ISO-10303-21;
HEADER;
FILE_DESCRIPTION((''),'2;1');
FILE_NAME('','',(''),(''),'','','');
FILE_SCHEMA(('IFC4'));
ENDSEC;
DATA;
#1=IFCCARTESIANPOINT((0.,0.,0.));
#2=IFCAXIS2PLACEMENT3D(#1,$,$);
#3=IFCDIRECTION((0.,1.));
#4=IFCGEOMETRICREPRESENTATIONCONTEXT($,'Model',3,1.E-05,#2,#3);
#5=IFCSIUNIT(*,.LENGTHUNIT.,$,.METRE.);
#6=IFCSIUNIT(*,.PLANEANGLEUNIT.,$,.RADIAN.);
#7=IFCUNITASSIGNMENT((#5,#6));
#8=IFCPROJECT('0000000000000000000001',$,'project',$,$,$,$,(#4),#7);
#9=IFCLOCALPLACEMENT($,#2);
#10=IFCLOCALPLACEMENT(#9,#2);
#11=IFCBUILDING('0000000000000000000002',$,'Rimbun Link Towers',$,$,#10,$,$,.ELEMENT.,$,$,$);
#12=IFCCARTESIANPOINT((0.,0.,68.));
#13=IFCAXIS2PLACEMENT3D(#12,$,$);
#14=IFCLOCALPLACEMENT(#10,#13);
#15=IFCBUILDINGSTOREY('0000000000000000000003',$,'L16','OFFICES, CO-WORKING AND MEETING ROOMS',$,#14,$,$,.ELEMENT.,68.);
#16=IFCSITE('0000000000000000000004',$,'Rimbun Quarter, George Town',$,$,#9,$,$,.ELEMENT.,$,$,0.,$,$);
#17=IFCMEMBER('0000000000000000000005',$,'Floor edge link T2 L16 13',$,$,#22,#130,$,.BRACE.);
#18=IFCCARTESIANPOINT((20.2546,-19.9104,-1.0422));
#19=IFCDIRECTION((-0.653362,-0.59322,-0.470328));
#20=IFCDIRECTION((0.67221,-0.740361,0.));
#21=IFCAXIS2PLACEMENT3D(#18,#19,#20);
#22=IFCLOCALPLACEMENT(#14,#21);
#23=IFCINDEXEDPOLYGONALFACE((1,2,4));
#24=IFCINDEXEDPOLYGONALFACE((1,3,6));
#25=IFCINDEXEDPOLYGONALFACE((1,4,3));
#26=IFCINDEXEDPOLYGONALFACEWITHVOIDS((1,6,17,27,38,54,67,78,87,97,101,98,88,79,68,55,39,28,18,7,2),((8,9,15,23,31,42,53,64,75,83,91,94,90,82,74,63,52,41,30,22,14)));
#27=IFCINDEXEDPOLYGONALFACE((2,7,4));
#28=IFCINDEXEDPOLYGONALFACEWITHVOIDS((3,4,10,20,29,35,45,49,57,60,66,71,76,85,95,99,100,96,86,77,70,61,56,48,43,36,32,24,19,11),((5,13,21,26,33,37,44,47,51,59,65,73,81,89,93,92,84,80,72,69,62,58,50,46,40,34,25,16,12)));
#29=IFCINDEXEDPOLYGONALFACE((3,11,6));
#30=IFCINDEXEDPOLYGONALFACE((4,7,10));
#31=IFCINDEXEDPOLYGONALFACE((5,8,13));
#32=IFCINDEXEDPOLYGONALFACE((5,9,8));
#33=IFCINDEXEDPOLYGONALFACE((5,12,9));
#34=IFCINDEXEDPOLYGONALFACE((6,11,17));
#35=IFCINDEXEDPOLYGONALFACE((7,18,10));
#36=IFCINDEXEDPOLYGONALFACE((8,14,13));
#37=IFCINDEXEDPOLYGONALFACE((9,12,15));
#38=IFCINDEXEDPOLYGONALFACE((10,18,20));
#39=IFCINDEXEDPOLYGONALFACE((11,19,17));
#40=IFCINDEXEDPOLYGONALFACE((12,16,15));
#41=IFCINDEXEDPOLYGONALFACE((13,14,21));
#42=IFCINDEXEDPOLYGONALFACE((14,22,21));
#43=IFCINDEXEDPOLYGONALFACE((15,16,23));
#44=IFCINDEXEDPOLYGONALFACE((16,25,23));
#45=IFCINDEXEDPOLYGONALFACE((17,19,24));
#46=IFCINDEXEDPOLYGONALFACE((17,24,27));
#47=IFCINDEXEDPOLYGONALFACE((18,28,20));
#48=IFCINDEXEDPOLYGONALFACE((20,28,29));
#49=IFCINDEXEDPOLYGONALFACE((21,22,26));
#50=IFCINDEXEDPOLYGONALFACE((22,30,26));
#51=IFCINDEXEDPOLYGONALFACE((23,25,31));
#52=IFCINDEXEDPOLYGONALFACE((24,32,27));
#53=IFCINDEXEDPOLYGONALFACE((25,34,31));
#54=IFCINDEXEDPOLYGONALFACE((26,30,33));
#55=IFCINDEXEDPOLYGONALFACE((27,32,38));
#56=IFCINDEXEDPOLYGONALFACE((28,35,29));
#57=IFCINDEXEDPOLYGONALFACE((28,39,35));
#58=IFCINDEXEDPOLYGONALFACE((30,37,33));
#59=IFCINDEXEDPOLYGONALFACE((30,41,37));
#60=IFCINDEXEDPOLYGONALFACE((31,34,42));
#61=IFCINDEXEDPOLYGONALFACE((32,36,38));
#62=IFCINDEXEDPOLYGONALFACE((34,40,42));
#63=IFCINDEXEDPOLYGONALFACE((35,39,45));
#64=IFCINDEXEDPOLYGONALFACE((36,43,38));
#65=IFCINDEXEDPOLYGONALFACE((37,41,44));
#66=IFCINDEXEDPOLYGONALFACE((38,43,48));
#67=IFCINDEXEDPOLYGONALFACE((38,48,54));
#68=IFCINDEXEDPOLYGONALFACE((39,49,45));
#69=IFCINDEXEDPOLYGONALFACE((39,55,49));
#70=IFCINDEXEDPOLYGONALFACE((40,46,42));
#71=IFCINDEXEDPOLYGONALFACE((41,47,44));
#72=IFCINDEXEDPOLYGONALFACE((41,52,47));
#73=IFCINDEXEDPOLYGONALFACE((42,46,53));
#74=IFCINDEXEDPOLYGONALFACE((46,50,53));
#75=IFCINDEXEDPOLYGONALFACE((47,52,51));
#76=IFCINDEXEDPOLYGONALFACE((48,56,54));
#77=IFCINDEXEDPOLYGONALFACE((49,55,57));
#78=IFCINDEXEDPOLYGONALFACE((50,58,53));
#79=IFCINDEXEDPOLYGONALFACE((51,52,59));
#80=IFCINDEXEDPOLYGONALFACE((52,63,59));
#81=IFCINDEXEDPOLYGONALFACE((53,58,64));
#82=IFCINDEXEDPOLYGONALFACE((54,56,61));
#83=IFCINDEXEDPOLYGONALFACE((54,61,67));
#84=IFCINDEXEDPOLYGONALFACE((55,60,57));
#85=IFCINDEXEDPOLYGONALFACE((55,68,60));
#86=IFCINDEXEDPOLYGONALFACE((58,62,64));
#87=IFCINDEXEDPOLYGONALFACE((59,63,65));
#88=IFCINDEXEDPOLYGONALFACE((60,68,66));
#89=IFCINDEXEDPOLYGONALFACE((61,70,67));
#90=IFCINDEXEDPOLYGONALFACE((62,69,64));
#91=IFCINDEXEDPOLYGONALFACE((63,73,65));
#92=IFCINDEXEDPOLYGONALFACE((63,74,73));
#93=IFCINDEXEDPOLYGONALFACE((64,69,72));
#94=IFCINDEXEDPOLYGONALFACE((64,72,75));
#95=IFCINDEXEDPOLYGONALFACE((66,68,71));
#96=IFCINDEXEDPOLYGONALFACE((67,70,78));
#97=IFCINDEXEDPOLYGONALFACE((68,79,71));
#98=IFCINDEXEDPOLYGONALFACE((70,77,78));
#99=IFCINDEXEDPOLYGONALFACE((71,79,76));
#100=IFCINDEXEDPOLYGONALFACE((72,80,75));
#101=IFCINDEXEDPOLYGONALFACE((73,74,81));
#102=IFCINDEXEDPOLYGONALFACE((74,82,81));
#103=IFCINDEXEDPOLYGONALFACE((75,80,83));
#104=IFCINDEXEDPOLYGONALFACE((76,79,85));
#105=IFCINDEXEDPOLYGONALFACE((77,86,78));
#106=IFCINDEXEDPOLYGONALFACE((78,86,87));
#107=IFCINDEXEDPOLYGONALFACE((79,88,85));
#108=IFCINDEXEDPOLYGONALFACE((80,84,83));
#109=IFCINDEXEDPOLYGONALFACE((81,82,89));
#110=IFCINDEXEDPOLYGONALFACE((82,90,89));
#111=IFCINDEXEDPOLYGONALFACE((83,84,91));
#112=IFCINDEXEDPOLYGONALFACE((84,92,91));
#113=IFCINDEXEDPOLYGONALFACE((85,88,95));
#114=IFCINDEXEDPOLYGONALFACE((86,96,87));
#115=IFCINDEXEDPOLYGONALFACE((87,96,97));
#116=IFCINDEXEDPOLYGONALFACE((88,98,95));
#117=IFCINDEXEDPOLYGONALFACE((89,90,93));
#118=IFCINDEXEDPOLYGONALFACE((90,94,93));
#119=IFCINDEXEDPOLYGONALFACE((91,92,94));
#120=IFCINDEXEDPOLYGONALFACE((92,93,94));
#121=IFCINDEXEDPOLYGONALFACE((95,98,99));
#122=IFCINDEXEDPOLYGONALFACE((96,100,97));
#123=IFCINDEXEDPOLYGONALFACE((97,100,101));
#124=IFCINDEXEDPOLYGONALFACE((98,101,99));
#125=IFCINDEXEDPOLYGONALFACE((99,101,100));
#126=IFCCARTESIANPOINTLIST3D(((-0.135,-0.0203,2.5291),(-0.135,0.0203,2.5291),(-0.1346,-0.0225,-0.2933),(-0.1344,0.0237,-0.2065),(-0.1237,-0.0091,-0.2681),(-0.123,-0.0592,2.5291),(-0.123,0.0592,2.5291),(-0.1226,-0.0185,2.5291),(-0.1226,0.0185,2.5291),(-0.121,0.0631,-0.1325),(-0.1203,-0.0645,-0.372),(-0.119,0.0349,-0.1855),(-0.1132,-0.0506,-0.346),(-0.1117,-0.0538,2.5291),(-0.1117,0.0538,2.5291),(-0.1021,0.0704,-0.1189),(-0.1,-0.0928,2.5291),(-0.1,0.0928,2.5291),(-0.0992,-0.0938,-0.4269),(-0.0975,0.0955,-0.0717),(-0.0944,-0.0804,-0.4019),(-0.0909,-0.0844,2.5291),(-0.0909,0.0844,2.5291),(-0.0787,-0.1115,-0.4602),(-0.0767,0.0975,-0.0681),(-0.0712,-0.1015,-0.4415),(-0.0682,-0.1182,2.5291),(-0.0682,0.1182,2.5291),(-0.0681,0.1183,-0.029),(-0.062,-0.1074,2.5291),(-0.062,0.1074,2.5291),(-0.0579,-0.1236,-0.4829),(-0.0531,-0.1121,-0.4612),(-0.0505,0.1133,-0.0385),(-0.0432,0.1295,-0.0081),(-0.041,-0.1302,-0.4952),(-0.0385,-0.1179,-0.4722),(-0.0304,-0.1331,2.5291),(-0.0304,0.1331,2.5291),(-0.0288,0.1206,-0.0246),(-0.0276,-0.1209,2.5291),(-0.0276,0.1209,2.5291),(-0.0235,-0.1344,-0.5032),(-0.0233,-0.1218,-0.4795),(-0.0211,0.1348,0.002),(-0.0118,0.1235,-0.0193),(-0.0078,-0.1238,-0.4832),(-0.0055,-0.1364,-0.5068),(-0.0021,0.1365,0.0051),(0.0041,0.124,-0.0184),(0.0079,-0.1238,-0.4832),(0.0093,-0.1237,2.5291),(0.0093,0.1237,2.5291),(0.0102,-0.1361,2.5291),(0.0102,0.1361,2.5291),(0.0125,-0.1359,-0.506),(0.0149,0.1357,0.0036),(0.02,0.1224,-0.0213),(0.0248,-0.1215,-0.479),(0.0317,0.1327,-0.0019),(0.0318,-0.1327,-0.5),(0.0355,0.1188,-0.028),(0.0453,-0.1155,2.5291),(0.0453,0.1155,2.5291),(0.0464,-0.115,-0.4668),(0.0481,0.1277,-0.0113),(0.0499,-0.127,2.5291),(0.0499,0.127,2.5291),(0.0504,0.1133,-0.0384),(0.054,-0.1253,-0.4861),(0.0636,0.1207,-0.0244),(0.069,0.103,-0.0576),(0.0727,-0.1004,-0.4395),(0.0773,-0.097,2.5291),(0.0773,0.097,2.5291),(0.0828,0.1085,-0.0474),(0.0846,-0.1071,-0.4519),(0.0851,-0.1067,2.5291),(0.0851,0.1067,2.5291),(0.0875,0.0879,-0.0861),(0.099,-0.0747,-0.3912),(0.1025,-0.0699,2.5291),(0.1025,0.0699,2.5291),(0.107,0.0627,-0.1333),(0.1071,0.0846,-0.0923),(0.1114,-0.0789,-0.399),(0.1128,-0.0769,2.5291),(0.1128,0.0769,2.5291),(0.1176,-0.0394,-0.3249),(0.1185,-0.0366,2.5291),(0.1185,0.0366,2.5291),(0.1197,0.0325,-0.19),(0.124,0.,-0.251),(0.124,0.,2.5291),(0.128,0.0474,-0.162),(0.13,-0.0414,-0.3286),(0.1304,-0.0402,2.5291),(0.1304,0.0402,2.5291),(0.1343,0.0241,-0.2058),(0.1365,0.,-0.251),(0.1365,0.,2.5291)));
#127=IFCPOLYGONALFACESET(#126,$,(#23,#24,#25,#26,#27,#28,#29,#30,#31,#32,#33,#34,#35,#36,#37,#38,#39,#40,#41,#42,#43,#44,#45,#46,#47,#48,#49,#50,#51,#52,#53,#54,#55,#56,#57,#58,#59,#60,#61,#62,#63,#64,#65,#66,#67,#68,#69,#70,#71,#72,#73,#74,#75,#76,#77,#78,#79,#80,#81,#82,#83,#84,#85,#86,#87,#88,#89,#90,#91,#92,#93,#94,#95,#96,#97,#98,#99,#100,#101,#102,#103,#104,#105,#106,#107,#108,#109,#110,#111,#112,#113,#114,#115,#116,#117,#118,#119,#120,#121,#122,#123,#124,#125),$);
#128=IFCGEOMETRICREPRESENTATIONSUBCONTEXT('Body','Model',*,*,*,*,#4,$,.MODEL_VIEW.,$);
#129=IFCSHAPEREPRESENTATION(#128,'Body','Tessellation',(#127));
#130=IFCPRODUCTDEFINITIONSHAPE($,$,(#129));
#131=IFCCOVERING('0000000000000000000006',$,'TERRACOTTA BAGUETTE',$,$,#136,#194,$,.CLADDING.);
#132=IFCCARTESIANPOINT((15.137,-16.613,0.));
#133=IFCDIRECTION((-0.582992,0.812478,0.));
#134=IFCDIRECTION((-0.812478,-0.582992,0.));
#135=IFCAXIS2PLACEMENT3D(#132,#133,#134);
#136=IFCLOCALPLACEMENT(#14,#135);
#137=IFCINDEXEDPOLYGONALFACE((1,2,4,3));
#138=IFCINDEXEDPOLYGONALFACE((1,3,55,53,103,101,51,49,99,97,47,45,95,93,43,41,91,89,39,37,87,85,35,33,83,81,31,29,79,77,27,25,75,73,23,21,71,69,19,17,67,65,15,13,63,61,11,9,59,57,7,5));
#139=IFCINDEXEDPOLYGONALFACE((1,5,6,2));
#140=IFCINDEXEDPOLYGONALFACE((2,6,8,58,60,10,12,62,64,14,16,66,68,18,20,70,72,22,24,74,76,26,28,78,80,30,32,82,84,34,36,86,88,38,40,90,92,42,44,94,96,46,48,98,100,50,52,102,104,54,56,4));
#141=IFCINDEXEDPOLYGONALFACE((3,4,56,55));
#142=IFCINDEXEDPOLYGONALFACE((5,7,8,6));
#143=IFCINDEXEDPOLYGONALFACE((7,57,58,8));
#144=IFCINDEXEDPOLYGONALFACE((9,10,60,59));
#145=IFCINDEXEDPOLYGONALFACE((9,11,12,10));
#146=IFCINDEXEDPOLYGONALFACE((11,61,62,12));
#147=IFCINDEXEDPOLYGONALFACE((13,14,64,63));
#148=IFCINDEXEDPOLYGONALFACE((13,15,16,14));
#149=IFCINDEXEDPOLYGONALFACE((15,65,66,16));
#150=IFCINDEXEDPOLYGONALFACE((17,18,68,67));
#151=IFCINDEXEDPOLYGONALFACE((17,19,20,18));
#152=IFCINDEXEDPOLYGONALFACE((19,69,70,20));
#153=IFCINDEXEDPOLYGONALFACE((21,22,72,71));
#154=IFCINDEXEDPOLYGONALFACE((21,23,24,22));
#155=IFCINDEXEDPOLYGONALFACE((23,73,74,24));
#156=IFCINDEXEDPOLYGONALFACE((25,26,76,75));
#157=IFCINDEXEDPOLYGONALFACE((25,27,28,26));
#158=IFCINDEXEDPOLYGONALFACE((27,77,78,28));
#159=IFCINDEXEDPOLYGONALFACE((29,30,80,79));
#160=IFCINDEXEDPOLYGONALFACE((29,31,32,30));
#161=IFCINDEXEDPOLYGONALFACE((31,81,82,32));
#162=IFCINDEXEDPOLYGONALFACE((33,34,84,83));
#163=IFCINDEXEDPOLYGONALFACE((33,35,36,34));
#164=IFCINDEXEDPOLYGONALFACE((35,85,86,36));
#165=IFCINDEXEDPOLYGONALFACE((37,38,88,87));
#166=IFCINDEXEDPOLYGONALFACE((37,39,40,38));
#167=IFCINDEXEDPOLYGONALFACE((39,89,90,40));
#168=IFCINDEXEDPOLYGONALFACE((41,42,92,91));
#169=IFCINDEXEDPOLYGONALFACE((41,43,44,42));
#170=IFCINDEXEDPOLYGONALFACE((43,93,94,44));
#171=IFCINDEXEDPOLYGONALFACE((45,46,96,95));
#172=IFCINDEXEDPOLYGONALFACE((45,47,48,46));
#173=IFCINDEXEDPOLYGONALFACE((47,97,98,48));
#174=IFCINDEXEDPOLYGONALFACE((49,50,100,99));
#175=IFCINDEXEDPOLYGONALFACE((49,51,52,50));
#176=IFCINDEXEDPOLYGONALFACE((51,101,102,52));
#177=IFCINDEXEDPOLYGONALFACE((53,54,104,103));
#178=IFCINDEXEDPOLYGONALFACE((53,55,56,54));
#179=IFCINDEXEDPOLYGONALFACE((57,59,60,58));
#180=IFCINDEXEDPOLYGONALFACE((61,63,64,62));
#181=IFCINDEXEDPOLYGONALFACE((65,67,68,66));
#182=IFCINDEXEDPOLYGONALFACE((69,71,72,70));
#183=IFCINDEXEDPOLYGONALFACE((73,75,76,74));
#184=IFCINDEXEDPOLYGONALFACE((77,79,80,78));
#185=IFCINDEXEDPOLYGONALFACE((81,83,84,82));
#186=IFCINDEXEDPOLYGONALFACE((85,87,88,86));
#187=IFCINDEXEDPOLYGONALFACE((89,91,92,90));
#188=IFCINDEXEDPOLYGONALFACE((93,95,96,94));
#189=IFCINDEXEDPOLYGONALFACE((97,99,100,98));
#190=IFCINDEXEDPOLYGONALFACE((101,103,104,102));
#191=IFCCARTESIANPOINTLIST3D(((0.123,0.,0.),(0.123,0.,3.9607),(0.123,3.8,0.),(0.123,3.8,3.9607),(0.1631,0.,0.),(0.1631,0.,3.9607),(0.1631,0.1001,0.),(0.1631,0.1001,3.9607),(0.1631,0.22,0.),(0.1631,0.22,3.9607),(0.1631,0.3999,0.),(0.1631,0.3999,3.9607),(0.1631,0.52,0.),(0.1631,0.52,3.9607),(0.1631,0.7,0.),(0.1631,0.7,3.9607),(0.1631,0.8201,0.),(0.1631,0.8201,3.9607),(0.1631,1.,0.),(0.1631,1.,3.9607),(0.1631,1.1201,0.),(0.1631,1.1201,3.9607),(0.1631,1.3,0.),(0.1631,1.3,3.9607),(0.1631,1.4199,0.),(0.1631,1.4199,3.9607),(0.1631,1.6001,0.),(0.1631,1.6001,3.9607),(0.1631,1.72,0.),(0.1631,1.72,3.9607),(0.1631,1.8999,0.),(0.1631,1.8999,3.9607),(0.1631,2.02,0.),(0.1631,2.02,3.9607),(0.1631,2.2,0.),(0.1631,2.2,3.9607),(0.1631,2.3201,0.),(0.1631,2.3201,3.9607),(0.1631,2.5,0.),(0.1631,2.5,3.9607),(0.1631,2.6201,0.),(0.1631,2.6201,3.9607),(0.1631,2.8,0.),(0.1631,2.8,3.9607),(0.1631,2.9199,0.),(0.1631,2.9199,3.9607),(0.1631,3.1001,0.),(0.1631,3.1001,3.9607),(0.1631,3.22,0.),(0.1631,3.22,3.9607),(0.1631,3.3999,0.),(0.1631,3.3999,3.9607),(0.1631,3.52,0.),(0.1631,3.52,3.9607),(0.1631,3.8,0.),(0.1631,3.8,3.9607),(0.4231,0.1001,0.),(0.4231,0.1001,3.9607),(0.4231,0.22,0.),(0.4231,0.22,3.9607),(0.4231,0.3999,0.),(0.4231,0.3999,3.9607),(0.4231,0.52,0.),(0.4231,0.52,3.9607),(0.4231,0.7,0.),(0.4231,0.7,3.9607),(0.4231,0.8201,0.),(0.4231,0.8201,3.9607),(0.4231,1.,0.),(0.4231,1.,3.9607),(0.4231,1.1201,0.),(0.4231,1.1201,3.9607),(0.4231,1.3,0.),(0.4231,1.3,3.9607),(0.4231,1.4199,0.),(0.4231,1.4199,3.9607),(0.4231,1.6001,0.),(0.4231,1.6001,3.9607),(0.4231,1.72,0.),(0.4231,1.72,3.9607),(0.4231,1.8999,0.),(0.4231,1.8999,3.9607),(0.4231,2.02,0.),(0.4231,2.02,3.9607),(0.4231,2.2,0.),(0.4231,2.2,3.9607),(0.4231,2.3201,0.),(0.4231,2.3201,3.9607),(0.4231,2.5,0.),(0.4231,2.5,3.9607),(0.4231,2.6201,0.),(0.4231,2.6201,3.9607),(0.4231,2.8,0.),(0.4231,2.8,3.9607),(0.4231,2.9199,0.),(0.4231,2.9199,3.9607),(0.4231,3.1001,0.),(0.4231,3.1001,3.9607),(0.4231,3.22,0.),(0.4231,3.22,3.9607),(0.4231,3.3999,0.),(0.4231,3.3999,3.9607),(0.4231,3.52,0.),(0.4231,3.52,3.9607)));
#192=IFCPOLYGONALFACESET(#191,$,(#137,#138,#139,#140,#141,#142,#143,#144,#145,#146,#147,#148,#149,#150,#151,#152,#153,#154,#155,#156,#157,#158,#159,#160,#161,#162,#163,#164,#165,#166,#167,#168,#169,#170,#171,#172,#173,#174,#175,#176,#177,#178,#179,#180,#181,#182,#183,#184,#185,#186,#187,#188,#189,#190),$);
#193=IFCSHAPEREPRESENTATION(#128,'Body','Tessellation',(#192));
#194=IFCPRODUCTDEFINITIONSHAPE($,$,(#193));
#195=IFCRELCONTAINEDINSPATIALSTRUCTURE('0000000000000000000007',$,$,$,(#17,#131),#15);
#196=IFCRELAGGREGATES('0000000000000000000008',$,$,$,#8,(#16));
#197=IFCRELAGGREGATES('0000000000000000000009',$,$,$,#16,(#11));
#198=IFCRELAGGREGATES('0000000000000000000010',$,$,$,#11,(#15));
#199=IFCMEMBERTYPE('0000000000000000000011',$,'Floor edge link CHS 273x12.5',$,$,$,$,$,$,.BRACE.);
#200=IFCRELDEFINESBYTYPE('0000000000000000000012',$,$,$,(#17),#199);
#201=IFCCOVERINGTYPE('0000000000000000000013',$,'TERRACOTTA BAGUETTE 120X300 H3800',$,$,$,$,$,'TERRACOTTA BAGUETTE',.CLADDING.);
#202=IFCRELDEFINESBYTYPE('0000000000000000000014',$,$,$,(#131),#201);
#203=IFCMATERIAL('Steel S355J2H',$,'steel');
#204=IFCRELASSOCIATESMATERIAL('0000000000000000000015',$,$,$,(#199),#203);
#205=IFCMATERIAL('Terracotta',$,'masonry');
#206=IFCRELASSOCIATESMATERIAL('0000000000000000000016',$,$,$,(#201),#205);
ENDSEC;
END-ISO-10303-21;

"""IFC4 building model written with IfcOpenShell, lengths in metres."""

from ifc_helpers import new_model, si_unit, direction, frame, origin, origin_2d, place, context, subcontext, project, spatial, polyline, hollow_circle, outline, extrude, clip, halfspace, material, material_profile, profile_set, type_object, element, save


model = new_model("IFC4")

# Units and contexts
model_context = context("Model", 3, precision=1e-05, world=origin(), true_north=direction((0.0, 1.0)))
body_context = subcontext(model_context, "Body", "Model", "MODEL_VIEW")
ifc_project = project(units=[si_unit("LENGTHUNIT", "METRE"), si_unit("PLANEANGLEUNIT", "RADIAN")], contexts=[model_context])

# Site, building, storey
site_placement = place(None, origin())
site = spatial("IfcSite", under=ifc_project, at=site_placement, Name="Rimbun Quarter, George Town", CompositionType="ELEMENT", RefElevation=0.0)
building_placement = place(site_placement, origin())
building = spatial("IfcBuilding", under=site, at=building_placement, Name="Rimbun Link Towers", CompositionType="ELEMENT")
storey_placement = place(building_placement, frame((0.0, 0.0, 68.0)))
storey = spatial("IfcBuildingStorey", under=building, at=storey_placement, Name="L16", Description="OFFICES, CO-WORKING AND MEETING ROOMS", CompositionType="ELEMENT", Elevation=68.0)

# Member
ifc_material_1 = material(Name="Steel S355J2H", Category="steel")
ifc_material_profile_1 = material_profile(ifc_material_1, hollow_circle(Radius=0.1365, WallThickness=0.0125, at=origin_2d()), Name="CHS 273x12.5")
ifc_profile_set_1 = profile_set([ifc_material_profile_1], Name="Steel S355J2H")
member_type_1 = type_object("IfcMemberType", Name="Floor edge link CHS 273x12.5", PredefinedType="BRACE", material=ifc_profile_set_1)
member_1_placement = place(storey_placement, frame((20.2546, -19.9104, -1.0422), z_axis=(-0.653362, -0.59322, -0.470328), x_axis=(0.67221, -0.740361, 0.0)))
element("IfcMember", 1, at=member_1_placement, inside=storey, type_object=member_type_1, Name="Floor edge link T2 L16 13", PredefinedType="BRACE", context=body_context, shape_type="Clipping", body=[
    clip(extrude(hollow_circle(Radius=0.1365, WallThickness=0.0125, at=origin_2d()), frame((0.0, 0.0, -0.5334)), (0.0, 0.0, 1.0), 3.0625), halfspace(frame((0.0, 0.0, -0.251), z_axis=(0.0, 0.882492, -0.470328)), False)),
])

# Covering
ifc_material_2 = material(Name="Terracotta", Category="masonry")
ifc_material_profile_2 = material_profile(ifc_material_2, outline(polyline([(0.123, 0.0), (0.1631, 0.0), (0.1631, 0.1001), (0.4231, 0.1001), (0.4231, 0.22), (0.1631, 0.22), (0.1631, 0.3999), (0.4231, 0.3999), (0.4231, 0.52), (0.1631, 0.52), (0.1631, 0.7), (0.4231, 0.7), (0.4231, 0.8201), (0.1631, 0.8201), (0.1631, 1.0), (0.4231, 1.0), (0.4231, 1.1201), (0.1631, 1.1201), (0.1631, 1.3), (0.4231, 1.3), (0.4231, 1.4199), (0.1631, 1.4199), (0.1631, 1.6001), (0.4231, 1.6001), (0.4231, 1.72), (0.1631, 1.72), (0.1631, 1.8999), (0.4231, 1.8999), (0.4231, 2.02), (0.1631, 2.02), (0.1631, 2.2), (0.4231, 2.2), (0.4231, 2.3201), (0.1631, 2.3201), (0.1631, 2.5), (0.4231, 2.5), (0.4231, 2.6201), (0.1631, 2.6201), (0.1631, 2.8), (0.4231, 2.8), (0.4231, 2.9199), (0.1631, 2.9199), (0.1631, 3.1001), (0.4231, 3.1001), (0.4231, 3.22), (0.1631, 3.22), (0.1631, 3.3999), (0.4231, 3.3999), (0.4231, 3.52), (0.1631, 3.52), (0.1631, 3.8), (0.123, 3.8), (0.123, 0.0)])), Name="BAGUETTE 120X300")
ifc_profile_set_2 = profile_set([ifc_material_profile_2], Name="Terracotta")
covering_type = type_object("IfcCoveringType", Name="TERRACOTTA BAGUETTE 120X300 H3800", ElementType="TERRACOTTA BAGUETTE", PredefinedType="CLADDING", material=ifc_profile_set_2)
covering_1_placement = place(storey_placement, frame((15.137, -16.613, 0.0), z_axis=(-0.582992, 0.812478, 0.0), x_axis=(-0.812478, -0.582992, 0.0)))
element("IfcCovering", 2, at=covering_1_placement, inside=storey, type_object=covering_type, Name="TERRACOTTA BAGUETTE", PredefinedType="CLADDING", context=body_context, shape_type="SweptSolid", body=[
    extrude(outline(polyline([(0.123, 0.0), (0.1631, 0.0), (0.1631, 0.1001), (0.4231, 0.1001), (0.4231, 0.22), (0.1631, 0.22), (0.1631, 0.3999), (0.4231, 0.3999), (0.4231, 0.52), (0.1631, 0.52), (0.1631, 0.7), (0.4231, 0.7), (0.4231, 0.8201), (0.1631, 0.8201), (0.1631, 1.0), (0.4231, 1.0), (0.4231, 1.1201), (0.1631, 1.1201), (0.1631, 1.3), (0.4231, 1.3), (0.4231, 1.4199), (0.1631, 1.4199), (0.1631, 1.6001), (0.4231, 1.6001), (0.4231, 1.72), (0.1631, 1.72), (0.1631, 1.8999), (0.4231, 1.8999), (0.4231, 2.02), (0.1631, 2.02), (0.1631, 2.2), (0.4231, 2.2), (0.4231, 2.3201), (0.1631, 2.3201), (0.1631, 2.5), (0.4231, 2.5), (0.4231, 2.6201), (0.1631, 2.6201), (0.1631, 2.8), (0.4231, 2.8), (0.4231, 2.9199), (0.1631, 2.9199), (0.1631, 3.1001), (0.4231, 3.1001), (0.4231, 3.22), (0.1631, 3.22), (0.1631, 3.3999), (0.4231, 3.3999), (0.4231, 3.52), (0.1631, 3.52), (0.1631, 3.8), (0.123, 3.8), (0.123, 0.0)])), origin(), (0.0, 0.0, 1.0), 3.9607),
])

save(model, "model.ifc")
